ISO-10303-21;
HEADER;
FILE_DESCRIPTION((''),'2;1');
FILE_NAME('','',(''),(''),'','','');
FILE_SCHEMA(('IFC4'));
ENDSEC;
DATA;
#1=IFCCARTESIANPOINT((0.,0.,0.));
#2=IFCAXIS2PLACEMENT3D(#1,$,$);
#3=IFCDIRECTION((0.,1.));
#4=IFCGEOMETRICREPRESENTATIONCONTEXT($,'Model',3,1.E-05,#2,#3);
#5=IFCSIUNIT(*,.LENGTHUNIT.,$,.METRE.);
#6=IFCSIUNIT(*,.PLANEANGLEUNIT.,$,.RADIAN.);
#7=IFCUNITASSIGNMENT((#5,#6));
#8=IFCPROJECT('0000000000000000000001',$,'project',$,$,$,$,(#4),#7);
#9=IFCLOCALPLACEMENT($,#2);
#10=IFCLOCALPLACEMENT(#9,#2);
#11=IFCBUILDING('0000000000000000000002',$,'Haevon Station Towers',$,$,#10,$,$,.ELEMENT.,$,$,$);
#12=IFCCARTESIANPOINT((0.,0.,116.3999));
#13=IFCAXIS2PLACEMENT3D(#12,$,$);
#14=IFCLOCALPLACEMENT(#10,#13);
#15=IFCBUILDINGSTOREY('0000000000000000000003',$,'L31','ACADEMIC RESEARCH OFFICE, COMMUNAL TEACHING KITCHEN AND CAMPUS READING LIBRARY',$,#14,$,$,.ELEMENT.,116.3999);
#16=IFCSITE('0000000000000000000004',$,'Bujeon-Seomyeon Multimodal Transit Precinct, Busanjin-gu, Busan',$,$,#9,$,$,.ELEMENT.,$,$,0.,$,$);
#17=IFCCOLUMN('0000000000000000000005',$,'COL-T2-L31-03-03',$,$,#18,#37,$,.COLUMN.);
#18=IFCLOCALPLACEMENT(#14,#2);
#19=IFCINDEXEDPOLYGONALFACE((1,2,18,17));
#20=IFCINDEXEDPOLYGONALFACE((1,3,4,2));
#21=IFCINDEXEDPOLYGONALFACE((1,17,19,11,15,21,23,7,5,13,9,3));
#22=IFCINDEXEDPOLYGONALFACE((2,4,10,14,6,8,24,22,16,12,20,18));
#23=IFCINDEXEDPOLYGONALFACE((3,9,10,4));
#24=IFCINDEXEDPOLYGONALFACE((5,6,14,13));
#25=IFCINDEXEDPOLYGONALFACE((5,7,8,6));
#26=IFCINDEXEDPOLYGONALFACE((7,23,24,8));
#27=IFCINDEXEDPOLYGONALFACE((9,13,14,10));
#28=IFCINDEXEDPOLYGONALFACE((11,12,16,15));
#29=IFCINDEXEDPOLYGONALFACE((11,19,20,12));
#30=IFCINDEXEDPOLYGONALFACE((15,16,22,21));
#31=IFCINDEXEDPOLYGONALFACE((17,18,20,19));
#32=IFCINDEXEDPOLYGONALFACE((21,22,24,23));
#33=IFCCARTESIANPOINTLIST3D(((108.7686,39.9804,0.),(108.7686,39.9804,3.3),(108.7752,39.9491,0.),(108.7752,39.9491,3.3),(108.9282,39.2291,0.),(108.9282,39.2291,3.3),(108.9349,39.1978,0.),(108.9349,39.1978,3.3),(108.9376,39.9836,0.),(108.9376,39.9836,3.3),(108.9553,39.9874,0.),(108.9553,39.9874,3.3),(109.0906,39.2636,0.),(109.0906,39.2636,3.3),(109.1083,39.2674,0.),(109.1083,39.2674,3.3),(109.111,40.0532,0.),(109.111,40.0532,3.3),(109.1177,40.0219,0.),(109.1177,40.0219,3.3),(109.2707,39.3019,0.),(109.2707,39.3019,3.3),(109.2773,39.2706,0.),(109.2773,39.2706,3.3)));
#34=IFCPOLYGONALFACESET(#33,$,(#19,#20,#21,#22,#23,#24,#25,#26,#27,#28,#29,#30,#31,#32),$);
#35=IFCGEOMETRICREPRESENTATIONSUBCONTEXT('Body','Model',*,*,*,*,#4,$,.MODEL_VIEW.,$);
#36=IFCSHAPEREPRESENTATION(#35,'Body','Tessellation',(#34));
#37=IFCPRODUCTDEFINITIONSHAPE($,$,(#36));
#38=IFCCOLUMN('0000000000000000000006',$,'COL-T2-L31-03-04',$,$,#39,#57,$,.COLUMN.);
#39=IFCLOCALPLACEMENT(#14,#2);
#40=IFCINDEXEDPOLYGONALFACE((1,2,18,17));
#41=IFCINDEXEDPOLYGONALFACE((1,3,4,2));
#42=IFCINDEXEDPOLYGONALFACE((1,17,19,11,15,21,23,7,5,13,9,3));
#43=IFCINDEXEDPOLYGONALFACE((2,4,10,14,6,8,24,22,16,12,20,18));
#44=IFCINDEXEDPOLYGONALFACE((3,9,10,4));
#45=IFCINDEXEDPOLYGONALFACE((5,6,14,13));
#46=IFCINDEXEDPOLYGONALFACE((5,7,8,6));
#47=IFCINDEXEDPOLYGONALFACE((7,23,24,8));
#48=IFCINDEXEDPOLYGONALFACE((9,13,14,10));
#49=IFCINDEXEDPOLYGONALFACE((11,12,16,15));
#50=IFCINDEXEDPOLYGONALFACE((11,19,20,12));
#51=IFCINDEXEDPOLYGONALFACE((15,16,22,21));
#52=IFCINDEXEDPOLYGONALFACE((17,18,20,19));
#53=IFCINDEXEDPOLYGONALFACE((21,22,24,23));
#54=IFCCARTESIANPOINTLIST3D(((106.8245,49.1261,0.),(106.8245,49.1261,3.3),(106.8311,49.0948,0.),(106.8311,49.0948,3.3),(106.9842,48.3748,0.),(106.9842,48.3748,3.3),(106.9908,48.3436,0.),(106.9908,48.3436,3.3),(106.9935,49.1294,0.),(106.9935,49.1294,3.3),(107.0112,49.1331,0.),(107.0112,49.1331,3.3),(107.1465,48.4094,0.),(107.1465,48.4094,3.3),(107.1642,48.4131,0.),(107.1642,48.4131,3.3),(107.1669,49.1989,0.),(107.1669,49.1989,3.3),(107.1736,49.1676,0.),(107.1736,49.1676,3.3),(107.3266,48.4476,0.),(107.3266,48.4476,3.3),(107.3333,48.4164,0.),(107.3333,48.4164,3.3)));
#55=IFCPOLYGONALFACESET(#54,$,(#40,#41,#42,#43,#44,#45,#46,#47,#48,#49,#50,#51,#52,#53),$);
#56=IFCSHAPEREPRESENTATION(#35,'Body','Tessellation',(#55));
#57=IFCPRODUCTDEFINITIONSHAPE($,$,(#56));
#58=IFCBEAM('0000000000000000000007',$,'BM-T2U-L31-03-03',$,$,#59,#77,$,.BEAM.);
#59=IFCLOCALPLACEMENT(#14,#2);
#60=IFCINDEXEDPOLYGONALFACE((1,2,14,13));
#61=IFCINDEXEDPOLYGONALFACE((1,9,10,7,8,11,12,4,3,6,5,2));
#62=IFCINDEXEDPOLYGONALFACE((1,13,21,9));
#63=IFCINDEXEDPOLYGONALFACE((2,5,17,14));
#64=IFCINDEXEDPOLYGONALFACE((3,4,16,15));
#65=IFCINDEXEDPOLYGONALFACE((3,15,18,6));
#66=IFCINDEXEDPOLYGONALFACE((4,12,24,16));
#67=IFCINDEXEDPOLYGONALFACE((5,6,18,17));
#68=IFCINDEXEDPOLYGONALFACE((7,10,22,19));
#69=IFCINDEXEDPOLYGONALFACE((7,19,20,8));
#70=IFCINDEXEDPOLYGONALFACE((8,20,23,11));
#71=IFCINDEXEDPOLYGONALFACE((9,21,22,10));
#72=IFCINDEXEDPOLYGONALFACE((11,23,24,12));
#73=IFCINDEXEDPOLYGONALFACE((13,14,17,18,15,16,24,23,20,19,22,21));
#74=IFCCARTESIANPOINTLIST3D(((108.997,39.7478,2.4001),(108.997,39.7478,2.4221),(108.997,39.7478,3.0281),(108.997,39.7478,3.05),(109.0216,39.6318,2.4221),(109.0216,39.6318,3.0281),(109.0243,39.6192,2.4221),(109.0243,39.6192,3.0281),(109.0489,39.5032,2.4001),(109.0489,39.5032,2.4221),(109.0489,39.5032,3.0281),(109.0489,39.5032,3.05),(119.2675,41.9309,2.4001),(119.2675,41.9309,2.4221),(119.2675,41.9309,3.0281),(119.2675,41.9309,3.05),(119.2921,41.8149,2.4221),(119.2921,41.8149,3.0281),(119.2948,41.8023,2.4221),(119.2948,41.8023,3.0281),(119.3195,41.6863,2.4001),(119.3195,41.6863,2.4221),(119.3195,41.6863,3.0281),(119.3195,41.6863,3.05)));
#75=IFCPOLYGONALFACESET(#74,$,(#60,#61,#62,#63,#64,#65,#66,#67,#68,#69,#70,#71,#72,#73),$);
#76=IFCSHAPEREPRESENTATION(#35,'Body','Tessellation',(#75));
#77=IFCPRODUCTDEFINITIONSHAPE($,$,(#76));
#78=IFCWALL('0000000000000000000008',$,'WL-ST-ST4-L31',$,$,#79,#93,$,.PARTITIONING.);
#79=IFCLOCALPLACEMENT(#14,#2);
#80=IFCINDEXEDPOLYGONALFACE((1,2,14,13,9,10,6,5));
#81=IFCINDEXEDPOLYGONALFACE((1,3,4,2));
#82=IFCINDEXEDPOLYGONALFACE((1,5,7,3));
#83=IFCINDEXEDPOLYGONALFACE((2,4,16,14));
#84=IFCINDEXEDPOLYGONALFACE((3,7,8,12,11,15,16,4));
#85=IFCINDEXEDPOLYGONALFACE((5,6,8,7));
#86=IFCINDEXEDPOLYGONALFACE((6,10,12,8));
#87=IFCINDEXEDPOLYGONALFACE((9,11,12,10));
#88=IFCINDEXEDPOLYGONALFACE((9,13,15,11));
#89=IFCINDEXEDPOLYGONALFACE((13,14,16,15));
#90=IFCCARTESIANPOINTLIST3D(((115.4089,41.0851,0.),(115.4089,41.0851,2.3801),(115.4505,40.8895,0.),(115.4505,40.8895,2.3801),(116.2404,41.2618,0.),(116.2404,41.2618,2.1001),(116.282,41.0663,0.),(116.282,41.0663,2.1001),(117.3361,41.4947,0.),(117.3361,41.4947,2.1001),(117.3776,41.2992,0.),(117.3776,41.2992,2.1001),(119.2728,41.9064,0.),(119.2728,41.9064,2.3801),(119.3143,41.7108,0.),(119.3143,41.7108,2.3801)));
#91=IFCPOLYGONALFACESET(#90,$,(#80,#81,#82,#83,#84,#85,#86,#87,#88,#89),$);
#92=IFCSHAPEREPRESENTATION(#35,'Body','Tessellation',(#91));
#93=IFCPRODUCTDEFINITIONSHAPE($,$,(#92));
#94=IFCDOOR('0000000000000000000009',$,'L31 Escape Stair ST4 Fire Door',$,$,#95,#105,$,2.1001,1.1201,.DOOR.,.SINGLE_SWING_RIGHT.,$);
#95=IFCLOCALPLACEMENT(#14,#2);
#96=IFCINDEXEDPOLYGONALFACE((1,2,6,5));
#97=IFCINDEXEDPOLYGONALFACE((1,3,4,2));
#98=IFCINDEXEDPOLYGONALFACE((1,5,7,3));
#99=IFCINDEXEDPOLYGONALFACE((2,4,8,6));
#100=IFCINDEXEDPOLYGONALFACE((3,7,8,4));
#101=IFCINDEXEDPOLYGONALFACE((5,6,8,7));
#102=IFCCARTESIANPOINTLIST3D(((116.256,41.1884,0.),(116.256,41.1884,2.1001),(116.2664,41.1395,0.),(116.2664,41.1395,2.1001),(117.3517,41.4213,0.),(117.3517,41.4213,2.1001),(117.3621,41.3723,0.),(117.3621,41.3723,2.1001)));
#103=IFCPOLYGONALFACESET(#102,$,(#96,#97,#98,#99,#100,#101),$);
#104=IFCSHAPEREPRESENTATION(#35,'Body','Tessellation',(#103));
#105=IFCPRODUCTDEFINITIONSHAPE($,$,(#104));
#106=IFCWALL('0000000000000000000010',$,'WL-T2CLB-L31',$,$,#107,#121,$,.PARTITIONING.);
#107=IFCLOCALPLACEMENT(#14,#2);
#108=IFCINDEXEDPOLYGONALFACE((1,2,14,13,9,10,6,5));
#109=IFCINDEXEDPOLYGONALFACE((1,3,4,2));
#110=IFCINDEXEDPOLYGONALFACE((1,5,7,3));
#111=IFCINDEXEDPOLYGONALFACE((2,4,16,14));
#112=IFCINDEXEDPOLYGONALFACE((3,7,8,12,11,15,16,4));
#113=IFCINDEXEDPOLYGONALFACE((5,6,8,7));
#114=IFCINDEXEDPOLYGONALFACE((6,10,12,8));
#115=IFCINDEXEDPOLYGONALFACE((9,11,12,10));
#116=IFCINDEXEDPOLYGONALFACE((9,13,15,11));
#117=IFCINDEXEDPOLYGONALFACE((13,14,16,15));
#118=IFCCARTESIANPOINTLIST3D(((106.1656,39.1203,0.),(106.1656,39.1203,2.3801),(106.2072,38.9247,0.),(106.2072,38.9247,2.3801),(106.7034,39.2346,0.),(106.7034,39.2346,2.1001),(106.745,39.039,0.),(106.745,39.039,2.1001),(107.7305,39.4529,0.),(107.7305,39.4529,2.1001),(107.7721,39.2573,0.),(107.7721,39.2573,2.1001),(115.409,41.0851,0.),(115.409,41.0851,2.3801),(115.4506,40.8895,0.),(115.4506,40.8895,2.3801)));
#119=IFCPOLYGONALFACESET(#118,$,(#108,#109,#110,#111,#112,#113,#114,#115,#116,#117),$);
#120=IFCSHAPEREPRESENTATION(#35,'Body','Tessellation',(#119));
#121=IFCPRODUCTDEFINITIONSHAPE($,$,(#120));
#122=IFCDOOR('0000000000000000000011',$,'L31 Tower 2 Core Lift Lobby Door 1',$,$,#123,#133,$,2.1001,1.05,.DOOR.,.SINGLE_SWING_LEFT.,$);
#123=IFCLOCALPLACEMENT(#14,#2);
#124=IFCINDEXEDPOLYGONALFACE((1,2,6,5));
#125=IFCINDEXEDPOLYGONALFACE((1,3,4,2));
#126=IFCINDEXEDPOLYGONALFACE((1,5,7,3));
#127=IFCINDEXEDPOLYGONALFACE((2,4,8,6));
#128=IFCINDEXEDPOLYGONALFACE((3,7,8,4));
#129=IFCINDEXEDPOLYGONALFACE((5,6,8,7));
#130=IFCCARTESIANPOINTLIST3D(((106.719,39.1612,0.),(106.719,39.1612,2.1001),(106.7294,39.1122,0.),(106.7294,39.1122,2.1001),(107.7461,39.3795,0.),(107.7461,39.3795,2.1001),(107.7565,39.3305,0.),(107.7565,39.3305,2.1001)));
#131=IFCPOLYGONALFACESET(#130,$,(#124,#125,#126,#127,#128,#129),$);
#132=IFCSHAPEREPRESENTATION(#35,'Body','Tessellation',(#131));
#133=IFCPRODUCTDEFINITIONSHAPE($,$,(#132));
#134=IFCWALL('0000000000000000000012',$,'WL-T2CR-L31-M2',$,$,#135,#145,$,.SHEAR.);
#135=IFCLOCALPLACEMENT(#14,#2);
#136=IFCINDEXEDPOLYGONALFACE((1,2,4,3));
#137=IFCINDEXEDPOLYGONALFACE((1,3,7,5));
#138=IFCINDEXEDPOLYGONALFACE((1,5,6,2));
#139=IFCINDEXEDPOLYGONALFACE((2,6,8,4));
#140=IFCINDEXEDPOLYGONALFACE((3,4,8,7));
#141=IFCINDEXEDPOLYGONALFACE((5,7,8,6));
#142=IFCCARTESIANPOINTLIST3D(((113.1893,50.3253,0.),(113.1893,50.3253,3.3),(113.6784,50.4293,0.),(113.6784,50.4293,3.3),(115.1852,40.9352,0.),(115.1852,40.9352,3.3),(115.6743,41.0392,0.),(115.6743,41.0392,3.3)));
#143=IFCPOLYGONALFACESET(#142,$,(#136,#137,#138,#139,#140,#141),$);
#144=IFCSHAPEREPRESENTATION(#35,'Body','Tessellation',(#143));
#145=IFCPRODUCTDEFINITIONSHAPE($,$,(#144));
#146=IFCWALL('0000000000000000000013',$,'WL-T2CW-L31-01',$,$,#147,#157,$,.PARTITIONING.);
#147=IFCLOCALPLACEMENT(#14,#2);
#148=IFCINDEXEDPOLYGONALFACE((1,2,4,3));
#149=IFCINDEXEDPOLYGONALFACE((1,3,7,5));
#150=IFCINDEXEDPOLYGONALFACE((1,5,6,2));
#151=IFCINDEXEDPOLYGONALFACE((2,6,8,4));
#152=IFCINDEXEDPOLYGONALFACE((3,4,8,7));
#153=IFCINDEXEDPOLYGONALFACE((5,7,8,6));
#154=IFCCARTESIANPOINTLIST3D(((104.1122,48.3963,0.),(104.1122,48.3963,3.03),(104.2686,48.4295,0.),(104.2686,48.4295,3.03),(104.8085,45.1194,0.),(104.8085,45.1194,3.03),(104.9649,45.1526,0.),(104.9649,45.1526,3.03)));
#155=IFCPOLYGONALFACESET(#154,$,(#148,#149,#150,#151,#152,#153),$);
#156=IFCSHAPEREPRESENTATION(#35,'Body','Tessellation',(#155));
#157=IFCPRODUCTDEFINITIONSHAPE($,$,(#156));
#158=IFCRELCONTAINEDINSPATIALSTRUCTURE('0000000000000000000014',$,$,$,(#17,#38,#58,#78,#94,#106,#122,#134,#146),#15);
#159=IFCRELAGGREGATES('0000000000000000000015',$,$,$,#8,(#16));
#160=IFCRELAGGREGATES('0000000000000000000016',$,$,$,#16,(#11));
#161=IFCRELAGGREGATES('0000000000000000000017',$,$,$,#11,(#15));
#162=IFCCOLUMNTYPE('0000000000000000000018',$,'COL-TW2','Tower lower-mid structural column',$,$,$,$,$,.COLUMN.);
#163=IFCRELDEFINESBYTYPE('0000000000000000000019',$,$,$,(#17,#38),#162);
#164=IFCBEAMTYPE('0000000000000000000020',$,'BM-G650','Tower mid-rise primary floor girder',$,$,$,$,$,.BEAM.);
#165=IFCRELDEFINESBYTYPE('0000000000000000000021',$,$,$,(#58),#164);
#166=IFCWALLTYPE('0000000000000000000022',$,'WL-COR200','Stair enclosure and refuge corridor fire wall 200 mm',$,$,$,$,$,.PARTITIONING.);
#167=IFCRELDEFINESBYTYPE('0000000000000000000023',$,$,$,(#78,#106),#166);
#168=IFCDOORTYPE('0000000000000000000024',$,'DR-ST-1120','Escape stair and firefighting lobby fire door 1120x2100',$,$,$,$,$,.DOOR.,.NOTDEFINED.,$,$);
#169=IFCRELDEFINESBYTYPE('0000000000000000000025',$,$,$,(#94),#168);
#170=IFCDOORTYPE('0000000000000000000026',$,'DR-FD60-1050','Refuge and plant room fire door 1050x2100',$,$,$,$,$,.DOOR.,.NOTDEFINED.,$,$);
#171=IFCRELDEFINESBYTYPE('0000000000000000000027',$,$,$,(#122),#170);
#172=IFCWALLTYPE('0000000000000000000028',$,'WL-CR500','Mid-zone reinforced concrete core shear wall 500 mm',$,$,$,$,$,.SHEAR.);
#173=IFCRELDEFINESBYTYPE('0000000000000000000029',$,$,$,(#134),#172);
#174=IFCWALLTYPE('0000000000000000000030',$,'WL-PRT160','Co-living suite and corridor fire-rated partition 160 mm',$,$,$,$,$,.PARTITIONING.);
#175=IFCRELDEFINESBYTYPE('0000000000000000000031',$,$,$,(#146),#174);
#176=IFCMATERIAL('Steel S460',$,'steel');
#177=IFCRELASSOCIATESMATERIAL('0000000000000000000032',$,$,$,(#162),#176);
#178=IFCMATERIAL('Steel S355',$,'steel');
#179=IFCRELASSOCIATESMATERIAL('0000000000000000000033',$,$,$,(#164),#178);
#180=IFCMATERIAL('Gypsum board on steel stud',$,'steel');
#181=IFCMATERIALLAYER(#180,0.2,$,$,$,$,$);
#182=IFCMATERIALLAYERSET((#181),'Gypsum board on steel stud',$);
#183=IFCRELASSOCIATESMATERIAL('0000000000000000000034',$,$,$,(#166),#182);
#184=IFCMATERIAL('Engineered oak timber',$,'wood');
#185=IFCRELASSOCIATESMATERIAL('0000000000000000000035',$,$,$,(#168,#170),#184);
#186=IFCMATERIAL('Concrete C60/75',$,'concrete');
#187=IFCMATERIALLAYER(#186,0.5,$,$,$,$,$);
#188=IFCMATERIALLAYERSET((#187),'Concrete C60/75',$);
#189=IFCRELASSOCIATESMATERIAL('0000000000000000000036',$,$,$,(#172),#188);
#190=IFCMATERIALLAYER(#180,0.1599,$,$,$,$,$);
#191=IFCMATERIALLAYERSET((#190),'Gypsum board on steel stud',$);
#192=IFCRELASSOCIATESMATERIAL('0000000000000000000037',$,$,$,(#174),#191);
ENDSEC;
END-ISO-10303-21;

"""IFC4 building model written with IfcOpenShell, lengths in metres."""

from ifc_helpers import new_model, si_unit, direction, frame, frame_2d, origin, origin_2d, place, context, subcontext, project, spatial, rectangle, i_section, extrude, material, layer, layer_set, material_profile, profile_set, type_object, element, fill, save


model = new_model("IFC4")

# Units and contexts
model_context = context("Model", 3, precision=1e-05, world=origin(), true_north=direction((0.0, 1.0)))
body_context = subcontext(model_context, "Body", "Model", "MODEL_VIEW")
ifc_project = project(units=[si_unit("LENGTHUNIT", "METRE"), si_unit("PLANEANGLEUNIT", "RADIAN")], contexts=[model_context])

# Site, building, storey
site_placement = place(None, origin())
site = spatial("IfcSite", under=ifc_project, at=site_placement, Name="Bujeon-Seomyeon Multimodal Transit Precinct, Busanjin-gu, Busan", CompositionType="ELEMENT", RefElevation=0.0)
building_placement = place(site_placement, origin())
building = spatial("IfcBuilding", under=site, at=building_placement, Name="Haevon Station Towers", CompositionType="ELEMENT")
storey_placement = place(building_placement, frame((0.0, 0.0, 116.3999)))
storey = spatial("IfcBuildingStorey", under=building, at=storey_placement, Name="L31", Description="ACADEMIC RESEARCH OFFICE, COMMUNAL TEACHING KITCHEN AND CAMPUS READING LIBRARY", CompositionType="ELEMENT", Elevation=116.3999)

# Columns
ifc_material_1 = material(Name="Steel S460", Category="steel")
ifc_material_profile_1 = material_profile(ifc_material_1, i_section(OverallWidth=0.3501, OverallDepth=0.8, WebThickness=0.0181, FlangeThickness=0.032, at=origin_2d()), Name="H-800x350x18x32")
ifc_profile_set_1 = profile_set([ifc_material_profile_1], Name="Steel S460")
column_type = type_object("IfcColumnType", Name="COL-TW2", Description="Tower lower-mid structural column", PredefinedType="COLUMN", material=ifc_profile_set_1)
for number, where, z_axis, x_axis, name in (
    (1, (109.0229, 39.6255, 0.0), (0.0, 0.0, 1.0), (0.978148, 0.207912, 0.0), "COL-T2-L31-03-03"),
    (2, (107.0789, 48.7712, 0.0), (0.0, 0.0, 1.0), (0.978148, 0.207912, 0.0), "COL-T2-L31-03-04"),
):
    element("IfcColumn", number, at=place(storey_placement, frame(where, z_axis=z_axis, x_axis=x_axis)), inside=storey, type_object=column_type, Name=name, PredefinedType="COLUMN", context=body_context, shape_type="SweptSolid", body=[
        extrude(i_section(OverallWidth=0.3501, OverallDepth=0.8, WebThickness=0.0181, FlangeThickness=0.032, at=origin_2d()), origin(), (0.0, 0.0, 1.0), 3.3),
    ])

# Beam
ifc_material_2 = material(Name="Steel S355", Category="steel")
ifc_material_profile_2 = material_profile(ifc_material_2, i_section(OverallWidth=0.25, OverallDepth=0.6499, WebThickness=0.0129, FlangeThickness=0.022, at=origin_2d()), Name="H-650x250x13x22")
ifc_profile_set_2 = profile_set([ifc_material_profile_2], Name="Steel S355")
beam_type = type_object("IfcBeamType", Name="BM-G650", Description="Tower mid-rise primary floor girder", PredefinedType="BEAM", material=ifc_profile_set_2)
beam_placement = place(storey_placement, frame((109.0229, 39.6255, 2.7251), z_axis=(0.978147, 0.207915, 0.0), x_axis=(-0.207915, 0.978147, 0.0)))
element("IfcBeam", 3, at=beam_placement, inside=storey, type_object=beam_type, Name="BM-T2U-L31-03-03", PredefinedType="BEAM", context=body_context, shape_type="SweptSolid", body=[
    extrude(i_section(OverallWidth=0.25, OverallDepth=0.6499, WebThickness=0.0129, FlangeThickness=0.022, at=origin_2d()), origin(), (0.0, 0.0, 1.0), 10.5),
])

# Walls, openings, doors
ifc_material_3 = material(Name="Gypsum board on steel stud", Category="steel")
ifc_layer_1 = layer(ifc_material_3, 0.2)
ifc_layer_set_1 = layer_set([ifc_layer_1], Name="Gypsum board on steel stud")
wall_type_1 = type_object("IfcWallType", Name="WL-COR200", Description="Stair enclosure and refuge corridor fire wall 200 mm", PredefinedType="PARTITIONING", material=ifc_layer_set_1)
wall_1_placement = place(storey_placement, frame((115.4297, 40.9873, 0.0), z_axis=(0.0, 0.0, 1.0), x_axis=(0.978147, 0.207916, 0.0)))
wall_1 = element("IfcWall", 4, at=wall_1_placement, inside=storey, type_object=wall_type_1, Name="WL-ST-ST4-L31", PredefinedType="PARTITIONING", context=body_context, shape_type="SweptSolid", body=[
    extrude(rectangle(XDim=3.9502, YDim=0.2, at=frame_2d((1.9751, 0.0))), origin(), (0.0, 0.0, 1.0), 2.3801),
])
opening_1_placement = place(wall_1_placement, frame((0.8501, 0.0, 0.0)))
opening_1 = element("IfcOpeningElement", 5, at=opening_1_placement, cuts=wall_1, PredefinedType="OPENING", context=body_context, shape_type="SweptSolid", body=[
    extrude(rectangle(XDim=1.1201, YDim=2.1001, at=frame_2d((0.5601, 1.05))), frame((0.0, 0.1099, 0.0), z_axis=(0.0, -1.0, 0.0), x_axis=(1.0, 0.0, 0.0)), (0.0, 0.0, 1.0), 0.22),
])
ifc_material_4 = material(Name="Engineered oak timber", Category="wood")
door_type_1 = type_object("IfcDoorType", Name="DR-ST-1120", Description="Escape stair and firefighting lobby fire door 1120x2100", OperationType="NOTDEFINED", PredefinedType="DOOR", material=ifc_material_4)
door_1_placement = place(opening_1_placement, origin())
door_1 = element("IfcDoor", 6, at=door_1_placement, inside=storey, type_object=door_type_1, Name="L31 Escape Stair ST4 Fire Door", OperationType="SINGLE_SWING_RIGHT", OverallHeight=2.1001, OverallWidth=1.1201, PredefinedType="DOOR", context=body_context, shape_type="SweptSolid", body=[
    extrude(rectangle(XDim=1.1201, YDim=2.1001, at=frame_2d((0.5601, 1.05))), frame((0.0, 0.0249, 0.0), z_axis=(0.0, -1.0, 0.0), x_axis=(1.0, 0.0, 0.0)), (0.0, 0.0, 1.0), 0.05),
])
fill(opening_1, door_1)
wall_2_placement = place(storey_placement, frame((106.1863, 39.0225, 0.0), z_axis=(0.0, 0.0, 1.0), x_axis=(0.978146, 0.207921, 0.0)))
wall_2 = element("IfcWall", 7, at=wall_2_placement, inside=storey, type_object=wall_type_1, Name="WL-T2CLB-L31", PredefinedType="PARTITIONING", context=body_context, shape_type="SweptSolid", body=[
    extrude(rectangle(XDim=9.45, YDim=0.2, at=frame_2d((4.7251, 0.0))), origin(), (0.0, 0.0, 1.0), 2.3801),
])
opening_2_placement = place(wall_2_placement, frame((0.55, 0.0, 0.0)))
opening_2 = element("IfcOpeningElement", 8, at=opening_2_placement, cuts=wall_2, PredefinedType="OPENING", context=body_context, shape_type="SweptSolid", body=[
    extrude(rectangle(XDim=1.05, YDim=2.1001, at=frame_2d((0.5249, 1.05))), frame((0.0, 0.1099, 0.0), z_axis=(0.0, -1.0, 0.0), x_axis=(1.0, 0.0, 0.0)), (0.0, 0.0, 1.0), 0.22),
])
door_type_2 = type_object("IfcDoorType", Name="DR-FD60-1050", Description="Refuge and plant room fire door 1050x2100", OperationType="NOTDEFINED", PredefinedType="DOOR", material=ifc_material_4)
door_2_placement = place(opening_2_placement, origin())
door_2 = element("IfcDoor", 9, at=door_2_placement, inside=storey, type_object=door_type_2, Name="L31 Tower 2 Core Lift Lobby Door 1", OperationType="SINGLE_SWING_LEFT", OverallHeight=2.1001, OverallWidth=1.05, PredefinedType="DOOR", context=body_context, shape_type="SweptSolid", body=[
    extrude(rectangle(XDim=1.05, YDim=2.1001, at=frame_2d((0.5249, 1.05))), frame((0.0, 0.0249, 0.0), z_axis=(0.0, -1.0, 0.0), x_axis=(1.0, 0.0, 0.0)), (0.0, 0.0, 1.0), 0.05),
])
fill(opening_2, door_2)

# Walls
ifc_material_5 = material(Name="Concrete C60/75", Category="concrete")
ifc_layer_2 = layer(ifc_material_5, 0.5)
ifc_layer_set_2 = layer_set([ifc_layer_2], Name="Concrete C60/75")
wall_type_2 = type_object("IfcWallType", Name="WL-CR500", Description="Mid-zone reinforced concrete core shear wall 500 mm", PredefinedType="SHEAR", material=ifc_layer_set_2)
wall_3_placement = place(storey_placement, frame((115.4297, 40.9873, 0.0), z_axis=(0.0, 0.0, 1.0), x_axis=(-0.207903, 0.978149, 0.0)))
element("IfcWall", 10, at=wall_3_placement, inside=storey, type_object=wall_type_2, Name="WL-T2CR-L31-M2", PredefinedType="SHEAR", context=body_context, shape_type="SweptSolid", body=[
    extrude(rectangle(XDim=9.5999, YDim=0.5, at=frame_2d((4.7998, 0.0))), origin(), (0.0, 0.0, 1.0), 3.3),
])
ifc_layer_3 = layer(ifc_material_3, 0.1599)
ifc_layer_set_3 = layer_set([ifc_layer_3], Name="Gypsum board on steel stud")
wall_type_3 = type_object("IfcWallType", Name="WL-PRT160", Description="Co-living suite and corridor fire-rated partition 160 mm", PredefinedType="PARTITIONING", material=ifc_layer_set_3)
wall_4_placement = place(storey_placement, frame((104.8867, 45.136, 0.0), z_axis=(0.0, 0.0, 1.0), x_axis=(-0.207847, 0.978161, 0.0)))
element("IfcWall", 11, at=wall_4_placement, inside=storey, type_object=wall_type_3, Name="WL-T2CW-L31-01", PredefinedType="PARTITIONING", context=body_context, shape_type="SweptSolid", body=[
    extrude(rectangle(XDim=3.3501, YDim=0.1599, at=frame_2d((1.675, 0.0))), origin(), (0.0, 0.0, 1.0), 3.03),
])

save(model, "model.ifc")
